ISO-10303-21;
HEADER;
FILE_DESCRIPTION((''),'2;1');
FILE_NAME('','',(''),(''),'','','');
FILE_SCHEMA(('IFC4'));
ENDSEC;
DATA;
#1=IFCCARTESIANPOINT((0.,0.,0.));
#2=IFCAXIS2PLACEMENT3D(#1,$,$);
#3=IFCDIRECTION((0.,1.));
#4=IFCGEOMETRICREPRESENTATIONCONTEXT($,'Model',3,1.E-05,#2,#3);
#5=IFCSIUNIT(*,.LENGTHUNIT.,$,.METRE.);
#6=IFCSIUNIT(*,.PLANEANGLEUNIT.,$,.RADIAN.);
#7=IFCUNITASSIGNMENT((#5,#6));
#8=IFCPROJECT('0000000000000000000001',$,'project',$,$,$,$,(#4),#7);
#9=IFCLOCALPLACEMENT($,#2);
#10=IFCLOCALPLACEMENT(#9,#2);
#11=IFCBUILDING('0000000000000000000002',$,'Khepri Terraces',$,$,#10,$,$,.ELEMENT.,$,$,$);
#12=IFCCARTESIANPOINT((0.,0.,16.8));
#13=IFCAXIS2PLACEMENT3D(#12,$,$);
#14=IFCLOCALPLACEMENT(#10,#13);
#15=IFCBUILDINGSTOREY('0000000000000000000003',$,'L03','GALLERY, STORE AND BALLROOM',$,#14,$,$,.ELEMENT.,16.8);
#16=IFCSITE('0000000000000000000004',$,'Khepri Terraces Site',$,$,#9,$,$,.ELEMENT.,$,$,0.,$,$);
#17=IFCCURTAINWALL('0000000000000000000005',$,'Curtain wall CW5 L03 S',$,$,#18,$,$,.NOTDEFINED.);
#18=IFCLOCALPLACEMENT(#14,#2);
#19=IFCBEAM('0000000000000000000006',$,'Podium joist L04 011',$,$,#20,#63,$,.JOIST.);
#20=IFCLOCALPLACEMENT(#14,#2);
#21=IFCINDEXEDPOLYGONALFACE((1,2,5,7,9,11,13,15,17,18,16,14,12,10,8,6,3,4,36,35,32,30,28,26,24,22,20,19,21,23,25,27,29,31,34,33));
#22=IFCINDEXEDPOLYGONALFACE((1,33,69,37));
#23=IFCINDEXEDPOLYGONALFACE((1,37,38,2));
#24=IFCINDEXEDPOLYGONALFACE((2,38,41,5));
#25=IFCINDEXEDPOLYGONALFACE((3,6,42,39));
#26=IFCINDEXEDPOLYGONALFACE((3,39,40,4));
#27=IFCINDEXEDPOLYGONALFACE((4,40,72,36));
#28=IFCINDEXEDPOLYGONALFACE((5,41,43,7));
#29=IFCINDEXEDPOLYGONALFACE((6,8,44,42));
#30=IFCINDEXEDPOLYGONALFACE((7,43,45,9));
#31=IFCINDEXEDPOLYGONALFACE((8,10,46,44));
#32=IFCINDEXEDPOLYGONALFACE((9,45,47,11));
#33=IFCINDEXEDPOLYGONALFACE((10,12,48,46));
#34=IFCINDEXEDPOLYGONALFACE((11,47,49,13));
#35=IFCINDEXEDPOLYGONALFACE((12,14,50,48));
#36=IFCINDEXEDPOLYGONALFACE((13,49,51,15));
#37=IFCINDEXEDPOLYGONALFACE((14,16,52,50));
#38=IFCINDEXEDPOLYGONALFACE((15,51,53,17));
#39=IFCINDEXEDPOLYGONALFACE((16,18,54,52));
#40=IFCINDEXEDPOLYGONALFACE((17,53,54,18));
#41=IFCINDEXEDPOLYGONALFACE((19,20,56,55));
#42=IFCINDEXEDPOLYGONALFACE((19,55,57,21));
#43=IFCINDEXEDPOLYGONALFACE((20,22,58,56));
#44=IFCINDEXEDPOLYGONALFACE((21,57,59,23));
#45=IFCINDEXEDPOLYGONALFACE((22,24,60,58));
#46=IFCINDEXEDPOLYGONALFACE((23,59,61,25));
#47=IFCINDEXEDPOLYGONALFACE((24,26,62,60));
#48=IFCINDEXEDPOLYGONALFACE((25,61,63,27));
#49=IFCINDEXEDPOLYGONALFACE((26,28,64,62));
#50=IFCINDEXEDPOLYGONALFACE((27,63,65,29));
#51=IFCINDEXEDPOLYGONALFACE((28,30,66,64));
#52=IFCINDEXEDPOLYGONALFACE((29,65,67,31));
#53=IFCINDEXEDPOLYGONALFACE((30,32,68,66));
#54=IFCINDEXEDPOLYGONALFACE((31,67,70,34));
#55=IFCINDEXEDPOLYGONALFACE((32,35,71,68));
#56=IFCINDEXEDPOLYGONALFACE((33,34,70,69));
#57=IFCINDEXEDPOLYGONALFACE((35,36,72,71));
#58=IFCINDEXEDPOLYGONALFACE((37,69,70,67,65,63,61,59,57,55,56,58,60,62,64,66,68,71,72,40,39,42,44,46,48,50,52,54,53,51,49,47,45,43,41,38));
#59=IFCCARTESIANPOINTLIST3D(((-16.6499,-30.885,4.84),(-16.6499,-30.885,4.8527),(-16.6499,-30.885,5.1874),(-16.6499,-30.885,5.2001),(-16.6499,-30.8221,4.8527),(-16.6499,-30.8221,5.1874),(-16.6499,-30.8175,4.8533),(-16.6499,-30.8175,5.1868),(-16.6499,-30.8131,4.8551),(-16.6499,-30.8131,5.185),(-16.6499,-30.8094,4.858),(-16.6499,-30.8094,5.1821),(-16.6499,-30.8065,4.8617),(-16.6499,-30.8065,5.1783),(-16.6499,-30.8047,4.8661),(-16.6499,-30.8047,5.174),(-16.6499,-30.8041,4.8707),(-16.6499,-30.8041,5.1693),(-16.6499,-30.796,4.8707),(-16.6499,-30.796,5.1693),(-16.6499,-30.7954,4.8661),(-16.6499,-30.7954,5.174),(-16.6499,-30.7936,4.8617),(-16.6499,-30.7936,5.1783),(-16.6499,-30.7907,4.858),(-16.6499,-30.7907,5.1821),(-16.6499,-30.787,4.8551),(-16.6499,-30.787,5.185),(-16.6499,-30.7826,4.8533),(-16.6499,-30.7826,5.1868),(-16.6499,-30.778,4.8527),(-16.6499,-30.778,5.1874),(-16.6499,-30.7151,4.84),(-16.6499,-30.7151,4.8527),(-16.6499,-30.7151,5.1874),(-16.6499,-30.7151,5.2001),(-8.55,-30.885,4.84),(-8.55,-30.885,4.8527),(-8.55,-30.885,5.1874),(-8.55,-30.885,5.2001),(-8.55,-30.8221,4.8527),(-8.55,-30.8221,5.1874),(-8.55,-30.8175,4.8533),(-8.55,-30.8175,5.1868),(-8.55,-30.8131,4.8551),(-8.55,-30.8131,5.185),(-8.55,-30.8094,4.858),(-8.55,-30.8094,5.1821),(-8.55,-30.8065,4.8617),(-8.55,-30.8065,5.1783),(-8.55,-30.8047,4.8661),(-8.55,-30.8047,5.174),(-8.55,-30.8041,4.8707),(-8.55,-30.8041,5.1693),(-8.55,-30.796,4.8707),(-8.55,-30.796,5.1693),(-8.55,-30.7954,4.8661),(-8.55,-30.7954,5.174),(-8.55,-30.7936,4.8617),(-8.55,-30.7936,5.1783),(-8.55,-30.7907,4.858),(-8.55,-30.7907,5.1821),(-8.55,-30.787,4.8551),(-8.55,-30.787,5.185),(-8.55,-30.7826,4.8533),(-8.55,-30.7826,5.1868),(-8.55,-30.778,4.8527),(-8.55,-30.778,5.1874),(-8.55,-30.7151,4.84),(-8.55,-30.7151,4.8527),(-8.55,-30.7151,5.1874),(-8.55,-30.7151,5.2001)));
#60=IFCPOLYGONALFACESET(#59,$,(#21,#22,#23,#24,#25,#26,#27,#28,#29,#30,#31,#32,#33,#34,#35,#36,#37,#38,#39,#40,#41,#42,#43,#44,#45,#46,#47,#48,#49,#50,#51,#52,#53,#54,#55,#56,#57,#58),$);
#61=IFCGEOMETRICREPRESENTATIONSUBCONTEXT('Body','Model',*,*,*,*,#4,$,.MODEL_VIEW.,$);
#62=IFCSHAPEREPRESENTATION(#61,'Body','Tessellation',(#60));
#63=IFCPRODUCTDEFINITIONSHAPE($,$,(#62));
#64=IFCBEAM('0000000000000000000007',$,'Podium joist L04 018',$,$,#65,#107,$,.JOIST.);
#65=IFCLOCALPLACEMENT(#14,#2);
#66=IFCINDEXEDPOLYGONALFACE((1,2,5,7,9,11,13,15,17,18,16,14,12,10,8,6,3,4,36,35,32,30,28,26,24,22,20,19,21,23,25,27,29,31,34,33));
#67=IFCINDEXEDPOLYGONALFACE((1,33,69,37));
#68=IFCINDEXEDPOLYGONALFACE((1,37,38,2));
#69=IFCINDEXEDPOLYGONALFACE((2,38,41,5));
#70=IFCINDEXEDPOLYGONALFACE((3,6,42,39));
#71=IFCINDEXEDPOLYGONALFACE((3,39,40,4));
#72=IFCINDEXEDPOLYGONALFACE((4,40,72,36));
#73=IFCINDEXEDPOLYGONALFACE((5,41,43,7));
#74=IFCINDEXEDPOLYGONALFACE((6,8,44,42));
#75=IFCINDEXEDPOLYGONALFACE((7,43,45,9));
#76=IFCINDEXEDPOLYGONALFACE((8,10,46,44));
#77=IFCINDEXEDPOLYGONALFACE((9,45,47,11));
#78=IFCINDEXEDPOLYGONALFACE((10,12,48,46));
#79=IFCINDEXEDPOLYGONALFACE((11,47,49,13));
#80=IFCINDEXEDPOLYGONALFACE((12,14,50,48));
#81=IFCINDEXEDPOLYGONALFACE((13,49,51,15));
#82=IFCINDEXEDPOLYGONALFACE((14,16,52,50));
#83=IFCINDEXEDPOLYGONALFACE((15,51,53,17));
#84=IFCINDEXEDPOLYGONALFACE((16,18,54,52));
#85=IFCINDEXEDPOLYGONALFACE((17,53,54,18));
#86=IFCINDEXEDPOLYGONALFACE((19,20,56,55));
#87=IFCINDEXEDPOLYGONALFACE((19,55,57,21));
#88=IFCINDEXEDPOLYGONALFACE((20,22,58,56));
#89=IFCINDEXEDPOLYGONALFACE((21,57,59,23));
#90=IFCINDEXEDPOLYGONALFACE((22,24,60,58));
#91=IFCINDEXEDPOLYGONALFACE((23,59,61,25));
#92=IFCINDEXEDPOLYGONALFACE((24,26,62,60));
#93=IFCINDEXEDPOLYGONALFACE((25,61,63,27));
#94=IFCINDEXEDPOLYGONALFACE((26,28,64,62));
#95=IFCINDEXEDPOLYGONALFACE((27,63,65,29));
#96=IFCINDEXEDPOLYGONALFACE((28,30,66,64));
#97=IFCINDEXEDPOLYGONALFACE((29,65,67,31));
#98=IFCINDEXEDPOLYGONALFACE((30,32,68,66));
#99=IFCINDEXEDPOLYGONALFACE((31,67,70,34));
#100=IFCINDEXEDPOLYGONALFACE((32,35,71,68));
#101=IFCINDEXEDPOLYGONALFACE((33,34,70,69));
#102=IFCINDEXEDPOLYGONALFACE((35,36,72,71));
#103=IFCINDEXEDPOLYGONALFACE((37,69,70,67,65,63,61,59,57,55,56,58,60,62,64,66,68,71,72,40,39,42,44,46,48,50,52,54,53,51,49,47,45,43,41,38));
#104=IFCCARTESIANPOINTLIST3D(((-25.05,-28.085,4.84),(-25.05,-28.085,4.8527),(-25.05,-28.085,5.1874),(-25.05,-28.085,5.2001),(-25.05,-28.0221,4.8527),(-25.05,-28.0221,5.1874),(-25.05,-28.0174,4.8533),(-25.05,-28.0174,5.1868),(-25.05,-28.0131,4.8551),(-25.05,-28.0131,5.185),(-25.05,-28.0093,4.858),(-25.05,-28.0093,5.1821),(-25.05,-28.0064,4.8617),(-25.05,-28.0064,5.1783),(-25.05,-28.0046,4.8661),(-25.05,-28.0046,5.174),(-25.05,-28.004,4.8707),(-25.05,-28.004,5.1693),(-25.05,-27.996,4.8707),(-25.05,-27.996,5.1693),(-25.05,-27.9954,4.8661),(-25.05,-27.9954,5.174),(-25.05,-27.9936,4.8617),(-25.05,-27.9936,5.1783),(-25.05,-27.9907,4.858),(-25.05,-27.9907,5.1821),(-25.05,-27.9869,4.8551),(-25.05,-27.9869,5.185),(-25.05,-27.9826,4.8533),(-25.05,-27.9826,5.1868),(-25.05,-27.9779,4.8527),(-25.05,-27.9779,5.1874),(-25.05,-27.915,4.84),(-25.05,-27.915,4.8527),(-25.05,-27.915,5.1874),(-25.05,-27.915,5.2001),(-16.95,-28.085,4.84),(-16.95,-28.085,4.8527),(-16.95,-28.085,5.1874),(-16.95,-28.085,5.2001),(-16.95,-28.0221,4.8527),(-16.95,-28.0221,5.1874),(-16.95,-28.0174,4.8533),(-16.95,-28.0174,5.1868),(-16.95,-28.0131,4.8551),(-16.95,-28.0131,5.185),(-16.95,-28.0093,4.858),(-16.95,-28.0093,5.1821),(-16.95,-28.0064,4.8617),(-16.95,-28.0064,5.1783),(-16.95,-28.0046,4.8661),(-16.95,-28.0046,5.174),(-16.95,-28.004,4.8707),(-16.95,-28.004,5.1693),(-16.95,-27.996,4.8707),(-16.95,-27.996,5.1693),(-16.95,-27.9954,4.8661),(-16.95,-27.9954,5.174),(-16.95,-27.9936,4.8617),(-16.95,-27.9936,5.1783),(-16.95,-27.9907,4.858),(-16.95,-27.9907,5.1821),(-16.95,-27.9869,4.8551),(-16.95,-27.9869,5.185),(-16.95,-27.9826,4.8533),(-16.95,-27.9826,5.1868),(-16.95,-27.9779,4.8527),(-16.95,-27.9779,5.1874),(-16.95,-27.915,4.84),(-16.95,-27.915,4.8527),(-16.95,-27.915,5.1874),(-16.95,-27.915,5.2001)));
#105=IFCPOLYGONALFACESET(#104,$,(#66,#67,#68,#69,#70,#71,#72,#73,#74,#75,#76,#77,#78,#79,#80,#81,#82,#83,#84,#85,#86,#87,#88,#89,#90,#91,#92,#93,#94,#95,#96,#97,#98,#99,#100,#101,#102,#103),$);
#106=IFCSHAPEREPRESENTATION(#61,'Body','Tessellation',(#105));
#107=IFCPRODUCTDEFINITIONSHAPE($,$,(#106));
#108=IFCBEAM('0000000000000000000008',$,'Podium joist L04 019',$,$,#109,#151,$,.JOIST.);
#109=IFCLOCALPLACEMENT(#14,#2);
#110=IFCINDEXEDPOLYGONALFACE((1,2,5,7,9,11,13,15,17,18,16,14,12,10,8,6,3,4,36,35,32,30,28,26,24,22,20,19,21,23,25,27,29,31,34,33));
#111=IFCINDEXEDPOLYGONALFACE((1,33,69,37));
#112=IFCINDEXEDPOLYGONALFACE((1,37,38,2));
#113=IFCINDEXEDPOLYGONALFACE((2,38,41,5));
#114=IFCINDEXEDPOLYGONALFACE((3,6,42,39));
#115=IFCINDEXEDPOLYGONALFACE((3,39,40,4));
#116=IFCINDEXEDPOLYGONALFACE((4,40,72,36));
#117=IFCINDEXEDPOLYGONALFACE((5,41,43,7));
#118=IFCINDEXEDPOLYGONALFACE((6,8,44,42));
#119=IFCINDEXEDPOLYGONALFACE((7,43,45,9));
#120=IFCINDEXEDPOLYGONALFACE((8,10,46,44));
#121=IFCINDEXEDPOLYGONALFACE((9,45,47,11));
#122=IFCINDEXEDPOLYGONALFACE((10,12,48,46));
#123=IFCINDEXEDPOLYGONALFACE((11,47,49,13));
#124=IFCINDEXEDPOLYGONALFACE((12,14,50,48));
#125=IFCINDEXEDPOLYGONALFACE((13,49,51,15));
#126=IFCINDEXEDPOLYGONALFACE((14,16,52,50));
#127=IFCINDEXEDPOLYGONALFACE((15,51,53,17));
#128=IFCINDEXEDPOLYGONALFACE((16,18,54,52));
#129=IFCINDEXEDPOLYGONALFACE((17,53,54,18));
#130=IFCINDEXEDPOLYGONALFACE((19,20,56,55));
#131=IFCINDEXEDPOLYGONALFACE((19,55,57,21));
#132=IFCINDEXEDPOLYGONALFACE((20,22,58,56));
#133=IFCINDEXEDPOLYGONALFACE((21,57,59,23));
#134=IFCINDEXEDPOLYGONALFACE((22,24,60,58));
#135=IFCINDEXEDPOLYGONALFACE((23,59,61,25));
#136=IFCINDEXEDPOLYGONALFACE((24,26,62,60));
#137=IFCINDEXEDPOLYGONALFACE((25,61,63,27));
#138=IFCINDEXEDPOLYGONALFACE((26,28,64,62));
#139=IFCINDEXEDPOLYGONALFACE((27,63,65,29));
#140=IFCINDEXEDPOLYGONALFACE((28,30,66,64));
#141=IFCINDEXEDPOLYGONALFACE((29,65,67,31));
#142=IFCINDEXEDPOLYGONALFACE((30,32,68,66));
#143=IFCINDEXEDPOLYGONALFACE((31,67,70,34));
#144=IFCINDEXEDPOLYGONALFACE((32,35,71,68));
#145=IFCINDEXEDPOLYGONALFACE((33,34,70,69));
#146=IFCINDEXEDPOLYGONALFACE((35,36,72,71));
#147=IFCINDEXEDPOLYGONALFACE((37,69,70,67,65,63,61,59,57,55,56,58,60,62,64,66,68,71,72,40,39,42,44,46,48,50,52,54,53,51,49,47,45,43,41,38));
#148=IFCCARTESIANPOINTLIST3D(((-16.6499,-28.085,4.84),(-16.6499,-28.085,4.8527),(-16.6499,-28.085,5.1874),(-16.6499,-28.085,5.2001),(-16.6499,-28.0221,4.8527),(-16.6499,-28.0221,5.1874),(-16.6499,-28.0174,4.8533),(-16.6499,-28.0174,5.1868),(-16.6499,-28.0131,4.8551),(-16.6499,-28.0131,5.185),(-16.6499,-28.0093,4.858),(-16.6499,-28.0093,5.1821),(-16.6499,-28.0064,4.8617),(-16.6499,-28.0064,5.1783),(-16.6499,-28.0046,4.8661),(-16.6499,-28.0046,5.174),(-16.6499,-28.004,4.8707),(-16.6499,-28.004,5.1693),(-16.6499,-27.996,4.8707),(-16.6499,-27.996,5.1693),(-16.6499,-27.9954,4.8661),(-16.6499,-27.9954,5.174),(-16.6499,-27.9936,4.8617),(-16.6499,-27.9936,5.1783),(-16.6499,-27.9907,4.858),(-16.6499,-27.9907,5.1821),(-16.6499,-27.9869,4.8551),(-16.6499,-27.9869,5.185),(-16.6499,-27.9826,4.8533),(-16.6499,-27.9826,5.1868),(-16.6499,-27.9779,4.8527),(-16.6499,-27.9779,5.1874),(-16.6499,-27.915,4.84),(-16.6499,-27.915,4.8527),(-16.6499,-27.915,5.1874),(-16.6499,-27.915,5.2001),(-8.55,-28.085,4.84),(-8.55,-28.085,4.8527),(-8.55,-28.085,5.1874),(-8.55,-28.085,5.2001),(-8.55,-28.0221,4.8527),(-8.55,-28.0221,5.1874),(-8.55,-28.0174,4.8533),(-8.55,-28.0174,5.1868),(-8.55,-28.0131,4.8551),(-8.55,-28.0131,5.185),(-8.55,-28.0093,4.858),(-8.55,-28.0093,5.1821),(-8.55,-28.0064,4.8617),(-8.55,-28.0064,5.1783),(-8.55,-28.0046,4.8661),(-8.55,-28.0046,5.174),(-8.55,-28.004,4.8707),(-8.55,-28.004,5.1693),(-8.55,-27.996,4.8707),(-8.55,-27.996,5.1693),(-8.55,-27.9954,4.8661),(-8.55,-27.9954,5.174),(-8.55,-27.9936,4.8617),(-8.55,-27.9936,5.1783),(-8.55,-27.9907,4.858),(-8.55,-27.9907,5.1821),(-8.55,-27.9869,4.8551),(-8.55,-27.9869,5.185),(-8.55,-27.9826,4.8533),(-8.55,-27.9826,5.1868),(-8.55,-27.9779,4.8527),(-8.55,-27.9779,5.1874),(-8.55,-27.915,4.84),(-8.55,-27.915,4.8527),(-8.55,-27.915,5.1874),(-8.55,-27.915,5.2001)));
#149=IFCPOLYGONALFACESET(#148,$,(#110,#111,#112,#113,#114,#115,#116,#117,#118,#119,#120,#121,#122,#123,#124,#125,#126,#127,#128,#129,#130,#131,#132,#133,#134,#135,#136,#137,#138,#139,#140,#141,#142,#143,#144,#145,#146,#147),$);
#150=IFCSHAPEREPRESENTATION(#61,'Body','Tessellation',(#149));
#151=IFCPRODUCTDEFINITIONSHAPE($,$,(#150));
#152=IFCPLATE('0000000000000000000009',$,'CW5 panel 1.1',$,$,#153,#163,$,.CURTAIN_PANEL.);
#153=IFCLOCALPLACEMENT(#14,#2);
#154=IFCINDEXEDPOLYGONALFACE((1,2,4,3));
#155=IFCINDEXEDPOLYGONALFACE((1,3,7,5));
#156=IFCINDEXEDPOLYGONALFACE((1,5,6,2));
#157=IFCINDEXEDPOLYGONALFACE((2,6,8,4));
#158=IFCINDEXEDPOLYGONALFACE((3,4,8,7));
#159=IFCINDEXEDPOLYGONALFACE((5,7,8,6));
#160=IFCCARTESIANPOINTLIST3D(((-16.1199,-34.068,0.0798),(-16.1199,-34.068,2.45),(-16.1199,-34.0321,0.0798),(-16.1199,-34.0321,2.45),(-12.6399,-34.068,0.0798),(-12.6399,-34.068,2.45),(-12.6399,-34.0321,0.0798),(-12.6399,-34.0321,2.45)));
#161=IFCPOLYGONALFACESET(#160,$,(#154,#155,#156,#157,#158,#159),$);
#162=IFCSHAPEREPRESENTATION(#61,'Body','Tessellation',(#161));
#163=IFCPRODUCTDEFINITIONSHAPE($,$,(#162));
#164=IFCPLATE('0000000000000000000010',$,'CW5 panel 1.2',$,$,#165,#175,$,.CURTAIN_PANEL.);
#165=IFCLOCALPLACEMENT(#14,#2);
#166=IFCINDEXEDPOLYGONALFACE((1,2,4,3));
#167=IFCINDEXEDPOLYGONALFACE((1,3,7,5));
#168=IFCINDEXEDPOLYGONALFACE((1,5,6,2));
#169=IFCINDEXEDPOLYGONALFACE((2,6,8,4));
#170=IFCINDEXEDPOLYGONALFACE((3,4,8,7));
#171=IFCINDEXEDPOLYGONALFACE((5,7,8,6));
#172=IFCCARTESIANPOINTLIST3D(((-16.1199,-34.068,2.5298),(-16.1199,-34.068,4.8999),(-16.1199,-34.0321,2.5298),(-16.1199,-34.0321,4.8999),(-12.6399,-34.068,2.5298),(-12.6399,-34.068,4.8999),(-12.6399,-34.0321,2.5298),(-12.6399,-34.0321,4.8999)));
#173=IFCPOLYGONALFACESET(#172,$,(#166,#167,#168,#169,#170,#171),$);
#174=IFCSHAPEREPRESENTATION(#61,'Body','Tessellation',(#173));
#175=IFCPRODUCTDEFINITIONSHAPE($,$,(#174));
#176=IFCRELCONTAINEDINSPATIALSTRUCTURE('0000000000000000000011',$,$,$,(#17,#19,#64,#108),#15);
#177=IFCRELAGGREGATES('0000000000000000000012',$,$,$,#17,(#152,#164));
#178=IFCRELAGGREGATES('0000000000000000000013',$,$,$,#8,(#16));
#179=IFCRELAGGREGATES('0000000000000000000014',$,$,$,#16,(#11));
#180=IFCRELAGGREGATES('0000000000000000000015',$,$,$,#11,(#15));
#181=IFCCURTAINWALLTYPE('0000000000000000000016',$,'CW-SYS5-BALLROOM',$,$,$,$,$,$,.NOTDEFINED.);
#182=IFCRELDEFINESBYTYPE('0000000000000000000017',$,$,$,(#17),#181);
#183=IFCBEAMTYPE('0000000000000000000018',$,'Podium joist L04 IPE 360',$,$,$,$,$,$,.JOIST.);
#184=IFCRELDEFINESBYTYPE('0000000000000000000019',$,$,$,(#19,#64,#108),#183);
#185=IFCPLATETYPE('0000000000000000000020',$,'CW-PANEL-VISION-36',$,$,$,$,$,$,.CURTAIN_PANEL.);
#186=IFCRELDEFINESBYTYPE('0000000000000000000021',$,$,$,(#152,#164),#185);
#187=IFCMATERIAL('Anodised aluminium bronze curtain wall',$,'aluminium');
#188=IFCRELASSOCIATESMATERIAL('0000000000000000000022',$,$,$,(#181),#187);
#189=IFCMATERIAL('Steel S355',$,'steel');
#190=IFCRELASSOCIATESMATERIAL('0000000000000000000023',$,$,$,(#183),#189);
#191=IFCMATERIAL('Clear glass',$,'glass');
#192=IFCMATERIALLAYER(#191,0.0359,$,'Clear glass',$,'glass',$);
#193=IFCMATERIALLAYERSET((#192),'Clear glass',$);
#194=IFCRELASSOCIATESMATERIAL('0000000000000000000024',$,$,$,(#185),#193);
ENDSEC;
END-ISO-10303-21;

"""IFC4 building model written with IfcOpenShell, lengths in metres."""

from ifc_helpers import new_model, si_unit, direction, frame, origin, origin_2d, place, context, subcontext, project, spatial, rectangle, i_section, extrude, material, layer, layer_set, material_profile, profile_set, type_object, element, aggregate, save


model = new_model("IFC4")

# Units and contexts
model_context = context("Model", 3, precision=1e-05, world=origin(), true_north=direction((0.0, 1.0)))
body_context = subcontext(model_context, "Body", "Model", "MODEL_VIEW")
ifc_project = project(units=[si_unit("LENGTHUNIT", "METRE"), si_unit("PLANEANGLEUNIT", "RADIAN")], contexts=[model_context])

# Site, building, storey
site_placement = place(None, origin())
site = spatial("IfcSite", under=ifc_project, at=site_placement, Name="Khepri Terraces Site", CompositionType="ELEMENT", RefElevation=0.0)
building_placement = place(site_placement, origin())
building = spatial("IfcBuilding", under=site, at=building_placement, Name="Khepri Terraces", CompositionType="ELEMENT")
storey_placement = place(building_placement, frame((0.0, 0.0, 16.8)))
storey = spatial("IfcBuildingStorey", under=building, at=storey_placement, Name="L03", Description="GALLERY, STORE AND BALLROOM", CompositionType="ELEMENT", Elevation=16.8)

# Curtain wall
ifc_material_1 = material(Name="Anodised aluminium bronze curtain wall", Category="aluminium")
curtain_wall_type = type_object("IfcCurtainWallType", Name="CW-SYS5-BALLROOM", PredefinedType="NOTDEFINED", material=ifc_material_1)
curtain_wall_placement = place(storey_placement, origin())
curtain_wall = element("IfcCurtainWall", 1, at=curtain_wall_placement, inside=storey, type_object=curtain_wall_type, Name="Curtain wall CW5 L03 S", PredefinedType="NOTDEFINED")

# Beams
ifc_material_2 = material(Name="Steel S355", Category="steel")
ifc_material_profile_1 = material_profile(ifc_material_2, i_section(OverallWidth=0.1699, OverallDepth=0.3601, WebThickness=0.0081, FlangeThickness=0.0127, FilletRadius=0.0181, at=origin_2d()), Name="Steel S355", Category="steel")
ifc_profile_set_1 = profile_set([ifc_material_profile_1], Name="Steel S355")
beam_type_1 = type_object("IfcBeamType", Name="Podium joist L04 IPE 360", PredefinedType="JOIST", material=ifc_profile_set_1)
beam_1_placement = place(storey_placement, frame((-16.6499, -30.8, 5.02), z_axis=(1.0, 0.0, 0.0), x_axis=(0.0, 1.0, 0.0)))
element("IfcBeam", 2, at=beam_1_placement, inside=storey, type_object=beam_type_1, Name="Podium joist L04 011", PredefinedType="JOIST", context=body_context, shape_type="SweptSolid", body=[
    extrude(i_section(OverallWidth=0.1699, OverallDepth=0.3601, WebThickness=0.0081, FlangeThickness=0.0127, FilletRadius=0.0181, at=origin_2d()), origin(), (0.0, 0.0, 1.0), 8.0999),
])
beam_2_placement = place(storey_placement, frame((-25.05, -28.0, 5.02), z_axis=(1.0, 0.0, 0.0), x_axis=(0.0, 1.0, 0.0)))
element("IfcBeam", 3, at=beam_2_placement, inside=storey, type_object=beam_type_1, Name="Podium joist L04 018", PredefinedType="JOIST", context=body_context, shape_type="SweptSolid", body=[
    extrude(i_section(OverallWidth=0.1699, OverallDepth=0.3601, WebThickness=0.0081, FlangeThickness=0.0127, FilletRadius=0.0181, at=origin_2d()), origin(), (0.0, 0.0, 1.0), 8.1001),
])
beam_3_placement = place(storey_placement, frame((-16.6499, -28.0, 5.02), z_axis=(1.0, 0.0, 0.0), x_axis=(0.0, 1.0, 0.0)))
element("IfcBeam", 4, at=beam_3_placement, inside=storey, type_object=beam_type_1, Name="Podium joist L04 019", PredefinedType="JOIST", context=body_context, shape_type="SweptSolid", body=[
    extrude(i_section(OverallWidth=0.1699, OverallDepth=0.3601, WebThickness=0.0081, FlangeThickness=0.0127, FilletRadius=0.0181, at=origin_2d()), origin(), (0.0, 0.0, 1.0), 8.0999),
])

# Plates
ifc_material_3 = material(Name="Clear glass", Category="glass")
ifc_layer_1 = layer(ifc_material_3, 0.0359, Name="Clear glass", Category="glass")
ifc_layer_set_1 = layer_set([ifc_layer_1], Name="Clear glass")
plate_type = type_object("IfcPlateType", Name="CW-PANEL-VISION-36", PredefinedType="CURTAIN_PANEL", material=ifc_layer_set_1)
plate_1_placement = place(storey_placement, frame((-14.3799, -34.05, 0.0798), z_axis=(0.0, 0.0, 1.0), x_axis=(1.0, 0.0, 0.0)))
plate_1 = element("IfcPlate", 5, at=plate_1_placement, type_object=plate_type, Name="CW5 panel 1.1", PredefinedType="CURTAIN_PANEL", context=body_context, shape_type="SweptSolid", body=[
    extrude(rectangle(XDim=3.48, YDim=0.0359, at=origin_2d()), origin(), (0.0, 0.0, 1.0), 2.3701),
])
plate_2_placement = place(storey_placement, frame((-14.3799, -34.05, 2.5298), z_axis=(0.0, 0.0, 1.0), x_axis=(1.0, 0.0, 0.0)))
plate_2 = element("IfcPlate", 6, at=plate_2_placement, type_object=plate_type, Name="CW5 panel 1.2", PredefinedType="CURTAIN_PANEL", context=body_context, shape_type="SweptSolid", body=[
    extrude(rectangle(XDim=3.48, YDim=0.0359, at=origin_2d()), origin(), (0.0, 0.0, 1.0), 2.3701),
])
aggregate(curtain_wall, [plate_1, plate_2])

save(model, "model.ifc")
